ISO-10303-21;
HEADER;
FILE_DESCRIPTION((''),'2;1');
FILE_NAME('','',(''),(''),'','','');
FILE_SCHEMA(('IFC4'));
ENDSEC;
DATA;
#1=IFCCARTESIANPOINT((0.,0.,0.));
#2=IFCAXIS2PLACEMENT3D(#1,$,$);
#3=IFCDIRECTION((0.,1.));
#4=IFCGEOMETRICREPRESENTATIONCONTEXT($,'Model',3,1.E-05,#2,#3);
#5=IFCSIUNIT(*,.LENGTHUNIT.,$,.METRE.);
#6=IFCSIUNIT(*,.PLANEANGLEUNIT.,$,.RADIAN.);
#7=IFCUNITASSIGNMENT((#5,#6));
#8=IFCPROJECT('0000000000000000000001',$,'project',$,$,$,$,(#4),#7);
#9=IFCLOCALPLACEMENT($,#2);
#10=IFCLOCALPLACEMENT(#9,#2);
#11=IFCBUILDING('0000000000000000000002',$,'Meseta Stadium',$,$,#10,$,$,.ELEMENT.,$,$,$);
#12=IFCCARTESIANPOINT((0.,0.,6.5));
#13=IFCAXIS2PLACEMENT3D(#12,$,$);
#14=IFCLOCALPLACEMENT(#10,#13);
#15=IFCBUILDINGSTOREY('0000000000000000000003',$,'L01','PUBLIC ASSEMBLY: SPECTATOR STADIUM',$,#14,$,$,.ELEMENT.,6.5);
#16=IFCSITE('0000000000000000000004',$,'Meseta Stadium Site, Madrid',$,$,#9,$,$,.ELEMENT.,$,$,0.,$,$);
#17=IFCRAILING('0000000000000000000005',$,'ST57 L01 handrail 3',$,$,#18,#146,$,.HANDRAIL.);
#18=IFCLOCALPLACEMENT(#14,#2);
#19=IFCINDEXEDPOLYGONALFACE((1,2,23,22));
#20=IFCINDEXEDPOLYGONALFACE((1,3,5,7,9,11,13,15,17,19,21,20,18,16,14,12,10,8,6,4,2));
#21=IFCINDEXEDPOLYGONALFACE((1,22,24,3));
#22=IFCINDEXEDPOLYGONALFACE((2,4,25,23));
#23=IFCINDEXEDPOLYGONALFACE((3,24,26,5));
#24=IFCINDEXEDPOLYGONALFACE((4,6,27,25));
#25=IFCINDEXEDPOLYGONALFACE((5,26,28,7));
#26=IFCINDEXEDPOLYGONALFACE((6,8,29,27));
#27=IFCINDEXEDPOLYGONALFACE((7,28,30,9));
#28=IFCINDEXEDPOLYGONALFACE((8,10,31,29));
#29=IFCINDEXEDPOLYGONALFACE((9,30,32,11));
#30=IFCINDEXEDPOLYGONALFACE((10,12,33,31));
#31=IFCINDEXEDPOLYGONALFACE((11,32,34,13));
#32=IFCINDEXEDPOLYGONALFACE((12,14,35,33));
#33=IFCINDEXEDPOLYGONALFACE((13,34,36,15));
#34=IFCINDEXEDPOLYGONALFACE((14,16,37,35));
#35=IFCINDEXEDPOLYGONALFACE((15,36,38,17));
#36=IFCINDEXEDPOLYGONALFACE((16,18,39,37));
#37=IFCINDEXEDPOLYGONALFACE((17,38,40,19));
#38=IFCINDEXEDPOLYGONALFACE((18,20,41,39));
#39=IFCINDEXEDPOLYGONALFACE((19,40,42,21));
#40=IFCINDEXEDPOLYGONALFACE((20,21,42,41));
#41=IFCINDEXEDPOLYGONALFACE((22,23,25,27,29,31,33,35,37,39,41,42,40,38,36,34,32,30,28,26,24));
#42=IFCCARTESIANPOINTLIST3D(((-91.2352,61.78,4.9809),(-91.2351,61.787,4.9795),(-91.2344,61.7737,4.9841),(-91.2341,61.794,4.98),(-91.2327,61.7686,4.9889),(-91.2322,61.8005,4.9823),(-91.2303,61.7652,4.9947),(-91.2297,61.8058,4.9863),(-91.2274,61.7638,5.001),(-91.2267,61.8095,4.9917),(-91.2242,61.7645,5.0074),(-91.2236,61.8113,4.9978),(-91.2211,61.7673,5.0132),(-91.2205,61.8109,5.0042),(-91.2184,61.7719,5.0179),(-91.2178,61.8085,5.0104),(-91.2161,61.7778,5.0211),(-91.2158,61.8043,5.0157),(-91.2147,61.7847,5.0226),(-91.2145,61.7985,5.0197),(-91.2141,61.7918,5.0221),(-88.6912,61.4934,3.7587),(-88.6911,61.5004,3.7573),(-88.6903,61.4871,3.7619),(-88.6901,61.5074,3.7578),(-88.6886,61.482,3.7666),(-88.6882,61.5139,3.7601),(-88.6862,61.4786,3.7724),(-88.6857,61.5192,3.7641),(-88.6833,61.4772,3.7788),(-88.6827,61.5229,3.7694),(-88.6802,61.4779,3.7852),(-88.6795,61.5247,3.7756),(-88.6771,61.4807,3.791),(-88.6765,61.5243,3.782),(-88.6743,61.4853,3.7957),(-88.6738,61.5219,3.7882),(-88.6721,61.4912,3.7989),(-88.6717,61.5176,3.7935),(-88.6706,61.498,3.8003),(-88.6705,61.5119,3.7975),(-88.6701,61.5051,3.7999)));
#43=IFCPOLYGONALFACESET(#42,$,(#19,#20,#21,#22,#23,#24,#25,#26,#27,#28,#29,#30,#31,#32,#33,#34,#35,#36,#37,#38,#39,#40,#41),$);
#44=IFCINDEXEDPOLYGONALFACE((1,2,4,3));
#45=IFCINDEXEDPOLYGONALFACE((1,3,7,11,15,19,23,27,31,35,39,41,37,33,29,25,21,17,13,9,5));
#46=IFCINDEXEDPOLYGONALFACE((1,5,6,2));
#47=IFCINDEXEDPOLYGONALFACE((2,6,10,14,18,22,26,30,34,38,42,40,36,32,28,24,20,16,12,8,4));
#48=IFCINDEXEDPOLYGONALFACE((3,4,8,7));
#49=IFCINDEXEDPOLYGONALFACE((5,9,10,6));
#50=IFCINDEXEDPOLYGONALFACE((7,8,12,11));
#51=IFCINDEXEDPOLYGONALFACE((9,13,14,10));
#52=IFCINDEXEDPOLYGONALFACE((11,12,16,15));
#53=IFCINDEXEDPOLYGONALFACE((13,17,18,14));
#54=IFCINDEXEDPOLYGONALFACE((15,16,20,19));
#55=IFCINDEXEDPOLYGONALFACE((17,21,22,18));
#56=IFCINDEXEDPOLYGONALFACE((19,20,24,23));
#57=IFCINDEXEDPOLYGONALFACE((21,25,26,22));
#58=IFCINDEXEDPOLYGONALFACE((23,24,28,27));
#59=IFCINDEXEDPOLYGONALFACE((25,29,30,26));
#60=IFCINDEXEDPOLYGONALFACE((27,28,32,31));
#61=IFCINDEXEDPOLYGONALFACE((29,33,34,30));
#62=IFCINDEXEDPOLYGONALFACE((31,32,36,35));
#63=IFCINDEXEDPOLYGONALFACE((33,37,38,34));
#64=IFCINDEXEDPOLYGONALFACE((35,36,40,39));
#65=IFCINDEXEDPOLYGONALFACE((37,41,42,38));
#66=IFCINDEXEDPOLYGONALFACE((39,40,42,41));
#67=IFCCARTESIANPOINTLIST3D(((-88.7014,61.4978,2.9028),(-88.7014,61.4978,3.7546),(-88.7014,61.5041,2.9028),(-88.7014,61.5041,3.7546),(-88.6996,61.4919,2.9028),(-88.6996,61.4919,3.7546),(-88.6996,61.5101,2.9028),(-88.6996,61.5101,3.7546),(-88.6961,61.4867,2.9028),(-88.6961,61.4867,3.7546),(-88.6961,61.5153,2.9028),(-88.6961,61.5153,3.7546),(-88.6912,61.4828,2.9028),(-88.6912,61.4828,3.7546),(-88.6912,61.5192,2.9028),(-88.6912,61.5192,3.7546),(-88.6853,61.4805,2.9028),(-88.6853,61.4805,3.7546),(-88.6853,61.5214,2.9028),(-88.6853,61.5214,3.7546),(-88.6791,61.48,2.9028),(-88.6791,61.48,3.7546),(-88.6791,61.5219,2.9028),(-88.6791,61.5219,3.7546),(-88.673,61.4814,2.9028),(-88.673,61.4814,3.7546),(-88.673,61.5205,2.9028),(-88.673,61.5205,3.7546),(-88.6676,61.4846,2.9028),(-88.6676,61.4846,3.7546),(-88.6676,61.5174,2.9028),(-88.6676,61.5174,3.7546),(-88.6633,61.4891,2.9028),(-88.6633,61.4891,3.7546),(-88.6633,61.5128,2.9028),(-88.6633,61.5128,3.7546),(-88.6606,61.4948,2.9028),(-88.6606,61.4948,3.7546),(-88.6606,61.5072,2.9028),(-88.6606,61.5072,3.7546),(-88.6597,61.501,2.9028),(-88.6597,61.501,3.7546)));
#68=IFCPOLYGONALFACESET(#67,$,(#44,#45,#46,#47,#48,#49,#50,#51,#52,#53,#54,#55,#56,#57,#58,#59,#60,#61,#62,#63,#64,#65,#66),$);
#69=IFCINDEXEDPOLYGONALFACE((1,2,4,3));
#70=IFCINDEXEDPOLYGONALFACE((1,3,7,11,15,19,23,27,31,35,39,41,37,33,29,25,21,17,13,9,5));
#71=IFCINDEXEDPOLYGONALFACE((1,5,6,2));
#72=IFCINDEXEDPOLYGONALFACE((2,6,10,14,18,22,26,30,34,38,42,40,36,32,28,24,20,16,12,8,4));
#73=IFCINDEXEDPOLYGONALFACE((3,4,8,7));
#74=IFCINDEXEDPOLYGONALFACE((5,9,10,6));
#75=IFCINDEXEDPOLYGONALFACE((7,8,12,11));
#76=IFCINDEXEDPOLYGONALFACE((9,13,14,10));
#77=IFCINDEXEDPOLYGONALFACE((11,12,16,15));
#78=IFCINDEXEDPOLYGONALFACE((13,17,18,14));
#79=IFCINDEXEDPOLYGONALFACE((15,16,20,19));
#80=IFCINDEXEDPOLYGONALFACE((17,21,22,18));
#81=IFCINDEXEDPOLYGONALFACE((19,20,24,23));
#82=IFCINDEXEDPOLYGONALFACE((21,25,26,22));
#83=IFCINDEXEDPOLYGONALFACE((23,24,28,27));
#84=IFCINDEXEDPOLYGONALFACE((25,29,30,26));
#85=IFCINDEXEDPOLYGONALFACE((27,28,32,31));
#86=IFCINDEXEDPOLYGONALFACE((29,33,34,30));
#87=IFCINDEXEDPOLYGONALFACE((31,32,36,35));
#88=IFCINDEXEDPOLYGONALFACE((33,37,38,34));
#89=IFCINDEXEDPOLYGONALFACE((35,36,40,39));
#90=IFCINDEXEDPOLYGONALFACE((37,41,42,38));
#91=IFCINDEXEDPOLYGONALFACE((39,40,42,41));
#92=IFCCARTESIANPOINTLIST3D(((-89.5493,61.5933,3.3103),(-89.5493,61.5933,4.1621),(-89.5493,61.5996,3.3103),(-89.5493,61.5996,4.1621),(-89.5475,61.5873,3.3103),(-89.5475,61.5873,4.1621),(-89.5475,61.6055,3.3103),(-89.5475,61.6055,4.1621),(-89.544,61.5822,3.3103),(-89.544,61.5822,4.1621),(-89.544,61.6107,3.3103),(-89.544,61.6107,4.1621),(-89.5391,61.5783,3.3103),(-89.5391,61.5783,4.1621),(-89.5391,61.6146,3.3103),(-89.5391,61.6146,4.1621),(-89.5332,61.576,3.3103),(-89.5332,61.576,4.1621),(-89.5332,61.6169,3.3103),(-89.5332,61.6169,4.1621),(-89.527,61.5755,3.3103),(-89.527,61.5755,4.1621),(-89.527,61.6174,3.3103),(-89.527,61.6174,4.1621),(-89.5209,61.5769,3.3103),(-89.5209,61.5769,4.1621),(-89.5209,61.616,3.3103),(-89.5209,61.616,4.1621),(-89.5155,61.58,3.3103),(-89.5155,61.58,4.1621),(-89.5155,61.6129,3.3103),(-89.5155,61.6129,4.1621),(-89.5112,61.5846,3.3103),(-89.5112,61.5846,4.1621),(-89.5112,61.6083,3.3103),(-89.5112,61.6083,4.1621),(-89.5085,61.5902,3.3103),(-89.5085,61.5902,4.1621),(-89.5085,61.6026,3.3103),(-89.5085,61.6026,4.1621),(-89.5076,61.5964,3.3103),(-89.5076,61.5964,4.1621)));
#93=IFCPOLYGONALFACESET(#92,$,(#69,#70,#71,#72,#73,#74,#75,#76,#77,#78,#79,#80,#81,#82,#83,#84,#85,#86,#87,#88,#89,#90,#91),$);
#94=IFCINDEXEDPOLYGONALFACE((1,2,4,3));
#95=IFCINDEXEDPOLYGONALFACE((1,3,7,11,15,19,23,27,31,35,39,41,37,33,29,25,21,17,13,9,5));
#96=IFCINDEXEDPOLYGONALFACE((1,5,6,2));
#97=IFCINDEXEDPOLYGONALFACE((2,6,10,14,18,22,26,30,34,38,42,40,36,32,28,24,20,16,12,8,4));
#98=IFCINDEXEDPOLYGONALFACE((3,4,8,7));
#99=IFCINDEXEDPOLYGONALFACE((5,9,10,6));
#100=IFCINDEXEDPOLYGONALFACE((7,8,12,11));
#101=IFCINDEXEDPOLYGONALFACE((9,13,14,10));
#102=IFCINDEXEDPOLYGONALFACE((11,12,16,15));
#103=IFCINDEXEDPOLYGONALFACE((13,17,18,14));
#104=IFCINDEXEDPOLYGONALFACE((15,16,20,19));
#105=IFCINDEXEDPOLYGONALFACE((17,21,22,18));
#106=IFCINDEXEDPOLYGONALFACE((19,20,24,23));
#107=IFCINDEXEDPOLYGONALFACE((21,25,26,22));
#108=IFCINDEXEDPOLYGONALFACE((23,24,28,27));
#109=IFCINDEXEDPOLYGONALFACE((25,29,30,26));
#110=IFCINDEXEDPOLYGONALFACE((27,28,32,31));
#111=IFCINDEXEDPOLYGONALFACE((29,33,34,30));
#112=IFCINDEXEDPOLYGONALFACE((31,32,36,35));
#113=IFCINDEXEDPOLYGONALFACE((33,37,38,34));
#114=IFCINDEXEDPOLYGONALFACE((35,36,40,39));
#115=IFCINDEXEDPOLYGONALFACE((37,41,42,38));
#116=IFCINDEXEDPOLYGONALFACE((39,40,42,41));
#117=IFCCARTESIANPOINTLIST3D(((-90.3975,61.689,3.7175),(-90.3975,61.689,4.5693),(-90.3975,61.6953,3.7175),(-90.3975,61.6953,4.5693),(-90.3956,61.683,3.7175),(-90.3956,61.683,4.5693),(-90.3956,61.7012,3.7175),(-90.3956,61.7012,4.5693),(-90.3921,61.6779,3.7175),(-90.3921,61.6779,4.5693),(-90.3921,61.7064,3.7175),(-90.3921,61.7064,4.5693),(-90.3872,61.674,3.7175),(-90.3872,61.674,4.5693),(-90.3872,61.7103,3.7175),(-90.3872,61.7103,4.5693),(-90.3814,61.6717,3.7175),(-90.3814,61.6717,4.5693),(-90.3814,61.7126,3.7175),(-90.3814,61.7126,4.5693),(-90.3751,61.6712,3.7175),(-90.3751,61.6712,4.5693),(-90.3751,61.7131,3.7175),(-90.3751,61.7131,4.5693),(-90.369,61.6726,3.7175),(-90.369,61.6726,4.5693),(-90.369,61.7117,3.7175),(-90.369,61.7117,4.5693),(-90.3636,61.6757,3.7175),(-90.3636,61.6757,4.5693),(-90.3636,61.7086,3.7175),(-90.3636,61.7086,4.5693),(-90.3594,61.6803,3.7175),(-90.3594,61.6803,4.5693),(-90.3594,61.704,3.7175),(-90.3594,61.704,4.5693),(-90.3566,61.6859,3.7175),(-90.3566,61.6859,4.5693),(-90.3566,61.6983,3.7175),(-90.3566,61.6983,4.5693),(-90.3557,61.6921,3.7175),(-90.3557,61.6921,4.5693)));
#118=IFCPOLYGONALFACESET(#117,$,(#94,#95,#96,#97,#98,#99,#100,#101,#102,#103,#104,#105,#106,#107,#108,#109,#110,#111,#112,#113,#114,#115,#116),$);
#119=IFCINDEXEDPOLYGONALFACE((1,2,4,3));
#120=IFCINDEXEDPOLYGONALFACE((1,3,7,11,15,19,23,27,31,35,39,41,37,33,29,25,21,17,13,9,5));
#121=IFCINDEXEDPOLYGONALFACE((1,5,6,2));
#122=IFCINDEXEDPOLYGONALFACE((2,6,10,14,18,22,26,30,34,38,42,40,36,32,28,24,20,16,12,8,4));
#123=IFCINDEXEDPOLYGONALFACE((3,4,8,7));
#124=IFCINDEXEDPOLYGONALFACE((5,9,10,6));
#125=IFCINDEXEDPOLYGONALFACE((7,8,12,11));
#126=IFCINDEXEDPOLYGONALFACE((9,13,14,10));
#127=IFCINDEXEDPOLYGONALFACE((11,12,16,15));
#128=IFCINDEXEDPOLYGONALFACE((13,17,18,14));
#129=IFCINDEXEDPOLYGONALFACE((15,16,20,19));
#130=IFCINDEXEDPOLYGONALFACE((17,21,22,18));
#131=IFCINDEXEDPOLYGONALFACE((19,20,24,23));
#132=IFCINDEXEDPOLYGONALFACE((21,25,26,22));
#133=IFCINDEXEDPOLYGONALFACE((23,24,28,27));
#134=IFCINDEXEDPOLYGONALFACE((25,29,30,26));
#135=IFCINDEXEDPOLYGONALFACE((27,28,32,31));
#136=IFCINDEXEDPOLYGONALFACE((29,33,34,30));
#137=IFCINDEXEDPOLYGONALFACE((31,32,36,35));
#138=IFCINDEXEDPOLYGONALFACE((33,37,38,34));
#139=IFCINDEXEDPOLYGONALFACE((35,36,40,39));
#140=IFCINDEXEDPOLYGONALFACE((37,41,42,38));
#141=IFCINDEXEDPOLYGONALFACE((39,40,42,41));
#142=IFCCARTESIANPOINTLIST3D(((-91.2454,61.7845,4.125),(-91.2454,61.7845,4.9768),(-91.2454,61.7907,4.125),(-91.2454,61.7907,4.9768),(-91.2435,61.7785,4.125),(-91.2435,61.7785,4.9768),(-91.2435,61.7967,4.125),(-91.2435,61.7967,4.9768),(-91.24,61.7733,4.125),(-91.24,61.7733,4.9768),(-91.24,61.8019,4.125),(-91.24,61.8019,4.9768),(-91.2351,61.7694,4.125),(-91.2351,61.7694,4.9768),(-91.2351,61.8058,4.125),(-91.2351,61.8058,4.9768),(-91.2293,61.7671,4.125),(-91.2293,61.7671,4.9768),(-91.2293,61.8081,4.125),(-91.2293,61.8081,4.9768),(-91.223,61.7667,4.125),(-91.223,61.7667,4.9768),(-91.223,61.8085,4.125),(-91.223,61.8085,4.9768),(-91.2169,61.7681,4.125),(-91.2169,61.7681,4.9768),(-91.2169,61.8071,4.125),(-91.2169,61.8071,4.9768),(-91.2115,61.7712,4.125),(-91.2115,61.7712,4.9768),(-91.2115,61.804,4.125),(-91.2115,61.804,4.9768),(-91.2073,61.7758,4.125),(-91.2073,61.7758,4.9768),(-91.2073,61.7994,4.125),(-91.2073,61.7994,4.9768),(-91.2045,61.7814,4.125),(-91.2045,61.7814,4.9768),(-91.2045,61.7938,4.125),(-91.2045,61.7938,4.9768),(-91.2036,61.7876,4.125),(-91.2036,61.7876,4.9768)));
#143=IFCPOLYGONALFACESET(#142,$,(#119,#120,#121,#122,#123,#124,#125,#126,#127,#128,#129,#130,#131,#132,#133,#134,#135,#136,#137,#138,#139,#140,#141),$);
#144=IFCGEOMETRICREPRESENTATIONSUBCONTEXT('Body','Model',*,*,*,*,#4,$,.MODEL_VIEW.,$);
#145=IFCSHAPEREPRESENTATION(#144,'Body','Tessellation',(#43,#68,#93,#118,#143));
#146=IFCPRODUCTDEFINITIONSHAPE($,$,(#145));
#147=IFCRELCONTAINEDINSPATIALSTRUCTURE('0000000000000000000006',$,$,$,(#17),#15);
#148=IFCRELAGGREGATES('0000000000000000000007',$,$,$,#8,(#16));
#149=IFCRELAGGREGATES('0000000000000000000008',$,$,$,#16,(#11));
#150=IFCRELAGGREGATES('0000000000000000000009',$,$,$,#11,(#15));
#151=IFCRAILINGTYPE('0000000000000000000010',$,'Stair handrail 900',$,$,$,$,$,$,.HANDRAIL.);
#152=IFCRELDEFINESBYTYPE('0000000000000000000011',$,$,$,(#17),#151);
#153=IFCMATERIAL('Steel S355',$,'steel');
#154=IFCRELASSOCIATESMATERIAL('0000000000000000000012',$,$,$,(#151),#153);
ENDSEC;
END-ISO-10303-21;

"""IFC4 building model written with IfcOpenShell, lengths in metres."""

from ifc_helpers import new_model, si_unit, direction, frame, origin, origin_2d, place, context, subcontext, project, spatial, circle, extrude, material, type_object, element, save


model = new_model("IFC4")

# Units and contexts
model_context = context("Model", 3, precision=1e-05, world=origin(), true_north=direction((0.0, 1.0)))
body_context = subcontext(model_context, "Body", "Model", "MODEL_VIEW")
ifc_project = project(units=[si_unit("LENGTHUNIT", "METRE"), si_unit("PLANEANGLEUNIT", "RADIAN")], contexts=[model_context])

# Site, building, storey
site_placement = place(None, origin())
site = spatial("IfcSite", under=ifc_project, at=site_placement, Name="Meseta Stadium Site, Madrid", CompositionType="ELEMENT", RefElevation=0.0)
building_placement = place(site_placement, origin())
building = spatial("IfcBuilding", under=site, at=building_placement, Name="Meseta Stadium", CompositionType="ELEMENT")
storey_placement = place(building_placement, frame((0.0, 0.0, 6.5)))
storey = spatial("IfcBuildingStorey", under=building, at=storey_placement, Name="L01", Description="PUBLIC ASSEMBLY: SPECTATOR STADIUM", CompositionType="ELEMENT", Elevation=6.5)

# Railing
ifc_material_1 = material(Name="Steel S355", Category="steel")
railing_type_1 = type_object("IfcRailingType", Name="Stair handrail 900", PredefinedType="HANDRAIL", material=ifc_material_1)
for number, where, name in (
    (1, (-88.6807, 61.501, 2.9028), "ST57 L01 handrail 3"),
):
    element("IfcRailing", number, at=place(storey_placement, frame(where)), inside=storey, type_object=railing_type_1, Name=name, PredefinedType="HANDRAIL", context=body_context, shape_type="SweptSolid", body=[
        extrude(circle(Radius=0.0239, at=origin_2d()), frame((0.0, 0.0, 0.876), z_axis=(-0.896762, 0.101036, 0.430824), x_axis=(-0.11196, -0.993713, 0.0)), (0.0, 0.0, 1.0), 2.8369),
        extrude(circle(Radius=0.021, at=origin_2d()), origin(), (0.0, 0.0, 1.0), 0.8518),
        extrude(circle(Radius=0.021, at=origin_2d()), frame((-0.8479, 0.0955, 0.4075)), (0.0, 0.0, 1.0), 0.8518),
        extrude(circle(Radius=0.021, at=origin_2d()), frame((-1.696, 0.1912, 0.8147)), (0.0, 0.0, 1.0), 0.8518),
        extrude(circle(Radius=0.021, at=origin_2d()), frame((-2.5439, 0.2866, 1.2222)), (0.0, 0.0, 1.0), 0.8518),
    ])

save(model, "model.ifc")
